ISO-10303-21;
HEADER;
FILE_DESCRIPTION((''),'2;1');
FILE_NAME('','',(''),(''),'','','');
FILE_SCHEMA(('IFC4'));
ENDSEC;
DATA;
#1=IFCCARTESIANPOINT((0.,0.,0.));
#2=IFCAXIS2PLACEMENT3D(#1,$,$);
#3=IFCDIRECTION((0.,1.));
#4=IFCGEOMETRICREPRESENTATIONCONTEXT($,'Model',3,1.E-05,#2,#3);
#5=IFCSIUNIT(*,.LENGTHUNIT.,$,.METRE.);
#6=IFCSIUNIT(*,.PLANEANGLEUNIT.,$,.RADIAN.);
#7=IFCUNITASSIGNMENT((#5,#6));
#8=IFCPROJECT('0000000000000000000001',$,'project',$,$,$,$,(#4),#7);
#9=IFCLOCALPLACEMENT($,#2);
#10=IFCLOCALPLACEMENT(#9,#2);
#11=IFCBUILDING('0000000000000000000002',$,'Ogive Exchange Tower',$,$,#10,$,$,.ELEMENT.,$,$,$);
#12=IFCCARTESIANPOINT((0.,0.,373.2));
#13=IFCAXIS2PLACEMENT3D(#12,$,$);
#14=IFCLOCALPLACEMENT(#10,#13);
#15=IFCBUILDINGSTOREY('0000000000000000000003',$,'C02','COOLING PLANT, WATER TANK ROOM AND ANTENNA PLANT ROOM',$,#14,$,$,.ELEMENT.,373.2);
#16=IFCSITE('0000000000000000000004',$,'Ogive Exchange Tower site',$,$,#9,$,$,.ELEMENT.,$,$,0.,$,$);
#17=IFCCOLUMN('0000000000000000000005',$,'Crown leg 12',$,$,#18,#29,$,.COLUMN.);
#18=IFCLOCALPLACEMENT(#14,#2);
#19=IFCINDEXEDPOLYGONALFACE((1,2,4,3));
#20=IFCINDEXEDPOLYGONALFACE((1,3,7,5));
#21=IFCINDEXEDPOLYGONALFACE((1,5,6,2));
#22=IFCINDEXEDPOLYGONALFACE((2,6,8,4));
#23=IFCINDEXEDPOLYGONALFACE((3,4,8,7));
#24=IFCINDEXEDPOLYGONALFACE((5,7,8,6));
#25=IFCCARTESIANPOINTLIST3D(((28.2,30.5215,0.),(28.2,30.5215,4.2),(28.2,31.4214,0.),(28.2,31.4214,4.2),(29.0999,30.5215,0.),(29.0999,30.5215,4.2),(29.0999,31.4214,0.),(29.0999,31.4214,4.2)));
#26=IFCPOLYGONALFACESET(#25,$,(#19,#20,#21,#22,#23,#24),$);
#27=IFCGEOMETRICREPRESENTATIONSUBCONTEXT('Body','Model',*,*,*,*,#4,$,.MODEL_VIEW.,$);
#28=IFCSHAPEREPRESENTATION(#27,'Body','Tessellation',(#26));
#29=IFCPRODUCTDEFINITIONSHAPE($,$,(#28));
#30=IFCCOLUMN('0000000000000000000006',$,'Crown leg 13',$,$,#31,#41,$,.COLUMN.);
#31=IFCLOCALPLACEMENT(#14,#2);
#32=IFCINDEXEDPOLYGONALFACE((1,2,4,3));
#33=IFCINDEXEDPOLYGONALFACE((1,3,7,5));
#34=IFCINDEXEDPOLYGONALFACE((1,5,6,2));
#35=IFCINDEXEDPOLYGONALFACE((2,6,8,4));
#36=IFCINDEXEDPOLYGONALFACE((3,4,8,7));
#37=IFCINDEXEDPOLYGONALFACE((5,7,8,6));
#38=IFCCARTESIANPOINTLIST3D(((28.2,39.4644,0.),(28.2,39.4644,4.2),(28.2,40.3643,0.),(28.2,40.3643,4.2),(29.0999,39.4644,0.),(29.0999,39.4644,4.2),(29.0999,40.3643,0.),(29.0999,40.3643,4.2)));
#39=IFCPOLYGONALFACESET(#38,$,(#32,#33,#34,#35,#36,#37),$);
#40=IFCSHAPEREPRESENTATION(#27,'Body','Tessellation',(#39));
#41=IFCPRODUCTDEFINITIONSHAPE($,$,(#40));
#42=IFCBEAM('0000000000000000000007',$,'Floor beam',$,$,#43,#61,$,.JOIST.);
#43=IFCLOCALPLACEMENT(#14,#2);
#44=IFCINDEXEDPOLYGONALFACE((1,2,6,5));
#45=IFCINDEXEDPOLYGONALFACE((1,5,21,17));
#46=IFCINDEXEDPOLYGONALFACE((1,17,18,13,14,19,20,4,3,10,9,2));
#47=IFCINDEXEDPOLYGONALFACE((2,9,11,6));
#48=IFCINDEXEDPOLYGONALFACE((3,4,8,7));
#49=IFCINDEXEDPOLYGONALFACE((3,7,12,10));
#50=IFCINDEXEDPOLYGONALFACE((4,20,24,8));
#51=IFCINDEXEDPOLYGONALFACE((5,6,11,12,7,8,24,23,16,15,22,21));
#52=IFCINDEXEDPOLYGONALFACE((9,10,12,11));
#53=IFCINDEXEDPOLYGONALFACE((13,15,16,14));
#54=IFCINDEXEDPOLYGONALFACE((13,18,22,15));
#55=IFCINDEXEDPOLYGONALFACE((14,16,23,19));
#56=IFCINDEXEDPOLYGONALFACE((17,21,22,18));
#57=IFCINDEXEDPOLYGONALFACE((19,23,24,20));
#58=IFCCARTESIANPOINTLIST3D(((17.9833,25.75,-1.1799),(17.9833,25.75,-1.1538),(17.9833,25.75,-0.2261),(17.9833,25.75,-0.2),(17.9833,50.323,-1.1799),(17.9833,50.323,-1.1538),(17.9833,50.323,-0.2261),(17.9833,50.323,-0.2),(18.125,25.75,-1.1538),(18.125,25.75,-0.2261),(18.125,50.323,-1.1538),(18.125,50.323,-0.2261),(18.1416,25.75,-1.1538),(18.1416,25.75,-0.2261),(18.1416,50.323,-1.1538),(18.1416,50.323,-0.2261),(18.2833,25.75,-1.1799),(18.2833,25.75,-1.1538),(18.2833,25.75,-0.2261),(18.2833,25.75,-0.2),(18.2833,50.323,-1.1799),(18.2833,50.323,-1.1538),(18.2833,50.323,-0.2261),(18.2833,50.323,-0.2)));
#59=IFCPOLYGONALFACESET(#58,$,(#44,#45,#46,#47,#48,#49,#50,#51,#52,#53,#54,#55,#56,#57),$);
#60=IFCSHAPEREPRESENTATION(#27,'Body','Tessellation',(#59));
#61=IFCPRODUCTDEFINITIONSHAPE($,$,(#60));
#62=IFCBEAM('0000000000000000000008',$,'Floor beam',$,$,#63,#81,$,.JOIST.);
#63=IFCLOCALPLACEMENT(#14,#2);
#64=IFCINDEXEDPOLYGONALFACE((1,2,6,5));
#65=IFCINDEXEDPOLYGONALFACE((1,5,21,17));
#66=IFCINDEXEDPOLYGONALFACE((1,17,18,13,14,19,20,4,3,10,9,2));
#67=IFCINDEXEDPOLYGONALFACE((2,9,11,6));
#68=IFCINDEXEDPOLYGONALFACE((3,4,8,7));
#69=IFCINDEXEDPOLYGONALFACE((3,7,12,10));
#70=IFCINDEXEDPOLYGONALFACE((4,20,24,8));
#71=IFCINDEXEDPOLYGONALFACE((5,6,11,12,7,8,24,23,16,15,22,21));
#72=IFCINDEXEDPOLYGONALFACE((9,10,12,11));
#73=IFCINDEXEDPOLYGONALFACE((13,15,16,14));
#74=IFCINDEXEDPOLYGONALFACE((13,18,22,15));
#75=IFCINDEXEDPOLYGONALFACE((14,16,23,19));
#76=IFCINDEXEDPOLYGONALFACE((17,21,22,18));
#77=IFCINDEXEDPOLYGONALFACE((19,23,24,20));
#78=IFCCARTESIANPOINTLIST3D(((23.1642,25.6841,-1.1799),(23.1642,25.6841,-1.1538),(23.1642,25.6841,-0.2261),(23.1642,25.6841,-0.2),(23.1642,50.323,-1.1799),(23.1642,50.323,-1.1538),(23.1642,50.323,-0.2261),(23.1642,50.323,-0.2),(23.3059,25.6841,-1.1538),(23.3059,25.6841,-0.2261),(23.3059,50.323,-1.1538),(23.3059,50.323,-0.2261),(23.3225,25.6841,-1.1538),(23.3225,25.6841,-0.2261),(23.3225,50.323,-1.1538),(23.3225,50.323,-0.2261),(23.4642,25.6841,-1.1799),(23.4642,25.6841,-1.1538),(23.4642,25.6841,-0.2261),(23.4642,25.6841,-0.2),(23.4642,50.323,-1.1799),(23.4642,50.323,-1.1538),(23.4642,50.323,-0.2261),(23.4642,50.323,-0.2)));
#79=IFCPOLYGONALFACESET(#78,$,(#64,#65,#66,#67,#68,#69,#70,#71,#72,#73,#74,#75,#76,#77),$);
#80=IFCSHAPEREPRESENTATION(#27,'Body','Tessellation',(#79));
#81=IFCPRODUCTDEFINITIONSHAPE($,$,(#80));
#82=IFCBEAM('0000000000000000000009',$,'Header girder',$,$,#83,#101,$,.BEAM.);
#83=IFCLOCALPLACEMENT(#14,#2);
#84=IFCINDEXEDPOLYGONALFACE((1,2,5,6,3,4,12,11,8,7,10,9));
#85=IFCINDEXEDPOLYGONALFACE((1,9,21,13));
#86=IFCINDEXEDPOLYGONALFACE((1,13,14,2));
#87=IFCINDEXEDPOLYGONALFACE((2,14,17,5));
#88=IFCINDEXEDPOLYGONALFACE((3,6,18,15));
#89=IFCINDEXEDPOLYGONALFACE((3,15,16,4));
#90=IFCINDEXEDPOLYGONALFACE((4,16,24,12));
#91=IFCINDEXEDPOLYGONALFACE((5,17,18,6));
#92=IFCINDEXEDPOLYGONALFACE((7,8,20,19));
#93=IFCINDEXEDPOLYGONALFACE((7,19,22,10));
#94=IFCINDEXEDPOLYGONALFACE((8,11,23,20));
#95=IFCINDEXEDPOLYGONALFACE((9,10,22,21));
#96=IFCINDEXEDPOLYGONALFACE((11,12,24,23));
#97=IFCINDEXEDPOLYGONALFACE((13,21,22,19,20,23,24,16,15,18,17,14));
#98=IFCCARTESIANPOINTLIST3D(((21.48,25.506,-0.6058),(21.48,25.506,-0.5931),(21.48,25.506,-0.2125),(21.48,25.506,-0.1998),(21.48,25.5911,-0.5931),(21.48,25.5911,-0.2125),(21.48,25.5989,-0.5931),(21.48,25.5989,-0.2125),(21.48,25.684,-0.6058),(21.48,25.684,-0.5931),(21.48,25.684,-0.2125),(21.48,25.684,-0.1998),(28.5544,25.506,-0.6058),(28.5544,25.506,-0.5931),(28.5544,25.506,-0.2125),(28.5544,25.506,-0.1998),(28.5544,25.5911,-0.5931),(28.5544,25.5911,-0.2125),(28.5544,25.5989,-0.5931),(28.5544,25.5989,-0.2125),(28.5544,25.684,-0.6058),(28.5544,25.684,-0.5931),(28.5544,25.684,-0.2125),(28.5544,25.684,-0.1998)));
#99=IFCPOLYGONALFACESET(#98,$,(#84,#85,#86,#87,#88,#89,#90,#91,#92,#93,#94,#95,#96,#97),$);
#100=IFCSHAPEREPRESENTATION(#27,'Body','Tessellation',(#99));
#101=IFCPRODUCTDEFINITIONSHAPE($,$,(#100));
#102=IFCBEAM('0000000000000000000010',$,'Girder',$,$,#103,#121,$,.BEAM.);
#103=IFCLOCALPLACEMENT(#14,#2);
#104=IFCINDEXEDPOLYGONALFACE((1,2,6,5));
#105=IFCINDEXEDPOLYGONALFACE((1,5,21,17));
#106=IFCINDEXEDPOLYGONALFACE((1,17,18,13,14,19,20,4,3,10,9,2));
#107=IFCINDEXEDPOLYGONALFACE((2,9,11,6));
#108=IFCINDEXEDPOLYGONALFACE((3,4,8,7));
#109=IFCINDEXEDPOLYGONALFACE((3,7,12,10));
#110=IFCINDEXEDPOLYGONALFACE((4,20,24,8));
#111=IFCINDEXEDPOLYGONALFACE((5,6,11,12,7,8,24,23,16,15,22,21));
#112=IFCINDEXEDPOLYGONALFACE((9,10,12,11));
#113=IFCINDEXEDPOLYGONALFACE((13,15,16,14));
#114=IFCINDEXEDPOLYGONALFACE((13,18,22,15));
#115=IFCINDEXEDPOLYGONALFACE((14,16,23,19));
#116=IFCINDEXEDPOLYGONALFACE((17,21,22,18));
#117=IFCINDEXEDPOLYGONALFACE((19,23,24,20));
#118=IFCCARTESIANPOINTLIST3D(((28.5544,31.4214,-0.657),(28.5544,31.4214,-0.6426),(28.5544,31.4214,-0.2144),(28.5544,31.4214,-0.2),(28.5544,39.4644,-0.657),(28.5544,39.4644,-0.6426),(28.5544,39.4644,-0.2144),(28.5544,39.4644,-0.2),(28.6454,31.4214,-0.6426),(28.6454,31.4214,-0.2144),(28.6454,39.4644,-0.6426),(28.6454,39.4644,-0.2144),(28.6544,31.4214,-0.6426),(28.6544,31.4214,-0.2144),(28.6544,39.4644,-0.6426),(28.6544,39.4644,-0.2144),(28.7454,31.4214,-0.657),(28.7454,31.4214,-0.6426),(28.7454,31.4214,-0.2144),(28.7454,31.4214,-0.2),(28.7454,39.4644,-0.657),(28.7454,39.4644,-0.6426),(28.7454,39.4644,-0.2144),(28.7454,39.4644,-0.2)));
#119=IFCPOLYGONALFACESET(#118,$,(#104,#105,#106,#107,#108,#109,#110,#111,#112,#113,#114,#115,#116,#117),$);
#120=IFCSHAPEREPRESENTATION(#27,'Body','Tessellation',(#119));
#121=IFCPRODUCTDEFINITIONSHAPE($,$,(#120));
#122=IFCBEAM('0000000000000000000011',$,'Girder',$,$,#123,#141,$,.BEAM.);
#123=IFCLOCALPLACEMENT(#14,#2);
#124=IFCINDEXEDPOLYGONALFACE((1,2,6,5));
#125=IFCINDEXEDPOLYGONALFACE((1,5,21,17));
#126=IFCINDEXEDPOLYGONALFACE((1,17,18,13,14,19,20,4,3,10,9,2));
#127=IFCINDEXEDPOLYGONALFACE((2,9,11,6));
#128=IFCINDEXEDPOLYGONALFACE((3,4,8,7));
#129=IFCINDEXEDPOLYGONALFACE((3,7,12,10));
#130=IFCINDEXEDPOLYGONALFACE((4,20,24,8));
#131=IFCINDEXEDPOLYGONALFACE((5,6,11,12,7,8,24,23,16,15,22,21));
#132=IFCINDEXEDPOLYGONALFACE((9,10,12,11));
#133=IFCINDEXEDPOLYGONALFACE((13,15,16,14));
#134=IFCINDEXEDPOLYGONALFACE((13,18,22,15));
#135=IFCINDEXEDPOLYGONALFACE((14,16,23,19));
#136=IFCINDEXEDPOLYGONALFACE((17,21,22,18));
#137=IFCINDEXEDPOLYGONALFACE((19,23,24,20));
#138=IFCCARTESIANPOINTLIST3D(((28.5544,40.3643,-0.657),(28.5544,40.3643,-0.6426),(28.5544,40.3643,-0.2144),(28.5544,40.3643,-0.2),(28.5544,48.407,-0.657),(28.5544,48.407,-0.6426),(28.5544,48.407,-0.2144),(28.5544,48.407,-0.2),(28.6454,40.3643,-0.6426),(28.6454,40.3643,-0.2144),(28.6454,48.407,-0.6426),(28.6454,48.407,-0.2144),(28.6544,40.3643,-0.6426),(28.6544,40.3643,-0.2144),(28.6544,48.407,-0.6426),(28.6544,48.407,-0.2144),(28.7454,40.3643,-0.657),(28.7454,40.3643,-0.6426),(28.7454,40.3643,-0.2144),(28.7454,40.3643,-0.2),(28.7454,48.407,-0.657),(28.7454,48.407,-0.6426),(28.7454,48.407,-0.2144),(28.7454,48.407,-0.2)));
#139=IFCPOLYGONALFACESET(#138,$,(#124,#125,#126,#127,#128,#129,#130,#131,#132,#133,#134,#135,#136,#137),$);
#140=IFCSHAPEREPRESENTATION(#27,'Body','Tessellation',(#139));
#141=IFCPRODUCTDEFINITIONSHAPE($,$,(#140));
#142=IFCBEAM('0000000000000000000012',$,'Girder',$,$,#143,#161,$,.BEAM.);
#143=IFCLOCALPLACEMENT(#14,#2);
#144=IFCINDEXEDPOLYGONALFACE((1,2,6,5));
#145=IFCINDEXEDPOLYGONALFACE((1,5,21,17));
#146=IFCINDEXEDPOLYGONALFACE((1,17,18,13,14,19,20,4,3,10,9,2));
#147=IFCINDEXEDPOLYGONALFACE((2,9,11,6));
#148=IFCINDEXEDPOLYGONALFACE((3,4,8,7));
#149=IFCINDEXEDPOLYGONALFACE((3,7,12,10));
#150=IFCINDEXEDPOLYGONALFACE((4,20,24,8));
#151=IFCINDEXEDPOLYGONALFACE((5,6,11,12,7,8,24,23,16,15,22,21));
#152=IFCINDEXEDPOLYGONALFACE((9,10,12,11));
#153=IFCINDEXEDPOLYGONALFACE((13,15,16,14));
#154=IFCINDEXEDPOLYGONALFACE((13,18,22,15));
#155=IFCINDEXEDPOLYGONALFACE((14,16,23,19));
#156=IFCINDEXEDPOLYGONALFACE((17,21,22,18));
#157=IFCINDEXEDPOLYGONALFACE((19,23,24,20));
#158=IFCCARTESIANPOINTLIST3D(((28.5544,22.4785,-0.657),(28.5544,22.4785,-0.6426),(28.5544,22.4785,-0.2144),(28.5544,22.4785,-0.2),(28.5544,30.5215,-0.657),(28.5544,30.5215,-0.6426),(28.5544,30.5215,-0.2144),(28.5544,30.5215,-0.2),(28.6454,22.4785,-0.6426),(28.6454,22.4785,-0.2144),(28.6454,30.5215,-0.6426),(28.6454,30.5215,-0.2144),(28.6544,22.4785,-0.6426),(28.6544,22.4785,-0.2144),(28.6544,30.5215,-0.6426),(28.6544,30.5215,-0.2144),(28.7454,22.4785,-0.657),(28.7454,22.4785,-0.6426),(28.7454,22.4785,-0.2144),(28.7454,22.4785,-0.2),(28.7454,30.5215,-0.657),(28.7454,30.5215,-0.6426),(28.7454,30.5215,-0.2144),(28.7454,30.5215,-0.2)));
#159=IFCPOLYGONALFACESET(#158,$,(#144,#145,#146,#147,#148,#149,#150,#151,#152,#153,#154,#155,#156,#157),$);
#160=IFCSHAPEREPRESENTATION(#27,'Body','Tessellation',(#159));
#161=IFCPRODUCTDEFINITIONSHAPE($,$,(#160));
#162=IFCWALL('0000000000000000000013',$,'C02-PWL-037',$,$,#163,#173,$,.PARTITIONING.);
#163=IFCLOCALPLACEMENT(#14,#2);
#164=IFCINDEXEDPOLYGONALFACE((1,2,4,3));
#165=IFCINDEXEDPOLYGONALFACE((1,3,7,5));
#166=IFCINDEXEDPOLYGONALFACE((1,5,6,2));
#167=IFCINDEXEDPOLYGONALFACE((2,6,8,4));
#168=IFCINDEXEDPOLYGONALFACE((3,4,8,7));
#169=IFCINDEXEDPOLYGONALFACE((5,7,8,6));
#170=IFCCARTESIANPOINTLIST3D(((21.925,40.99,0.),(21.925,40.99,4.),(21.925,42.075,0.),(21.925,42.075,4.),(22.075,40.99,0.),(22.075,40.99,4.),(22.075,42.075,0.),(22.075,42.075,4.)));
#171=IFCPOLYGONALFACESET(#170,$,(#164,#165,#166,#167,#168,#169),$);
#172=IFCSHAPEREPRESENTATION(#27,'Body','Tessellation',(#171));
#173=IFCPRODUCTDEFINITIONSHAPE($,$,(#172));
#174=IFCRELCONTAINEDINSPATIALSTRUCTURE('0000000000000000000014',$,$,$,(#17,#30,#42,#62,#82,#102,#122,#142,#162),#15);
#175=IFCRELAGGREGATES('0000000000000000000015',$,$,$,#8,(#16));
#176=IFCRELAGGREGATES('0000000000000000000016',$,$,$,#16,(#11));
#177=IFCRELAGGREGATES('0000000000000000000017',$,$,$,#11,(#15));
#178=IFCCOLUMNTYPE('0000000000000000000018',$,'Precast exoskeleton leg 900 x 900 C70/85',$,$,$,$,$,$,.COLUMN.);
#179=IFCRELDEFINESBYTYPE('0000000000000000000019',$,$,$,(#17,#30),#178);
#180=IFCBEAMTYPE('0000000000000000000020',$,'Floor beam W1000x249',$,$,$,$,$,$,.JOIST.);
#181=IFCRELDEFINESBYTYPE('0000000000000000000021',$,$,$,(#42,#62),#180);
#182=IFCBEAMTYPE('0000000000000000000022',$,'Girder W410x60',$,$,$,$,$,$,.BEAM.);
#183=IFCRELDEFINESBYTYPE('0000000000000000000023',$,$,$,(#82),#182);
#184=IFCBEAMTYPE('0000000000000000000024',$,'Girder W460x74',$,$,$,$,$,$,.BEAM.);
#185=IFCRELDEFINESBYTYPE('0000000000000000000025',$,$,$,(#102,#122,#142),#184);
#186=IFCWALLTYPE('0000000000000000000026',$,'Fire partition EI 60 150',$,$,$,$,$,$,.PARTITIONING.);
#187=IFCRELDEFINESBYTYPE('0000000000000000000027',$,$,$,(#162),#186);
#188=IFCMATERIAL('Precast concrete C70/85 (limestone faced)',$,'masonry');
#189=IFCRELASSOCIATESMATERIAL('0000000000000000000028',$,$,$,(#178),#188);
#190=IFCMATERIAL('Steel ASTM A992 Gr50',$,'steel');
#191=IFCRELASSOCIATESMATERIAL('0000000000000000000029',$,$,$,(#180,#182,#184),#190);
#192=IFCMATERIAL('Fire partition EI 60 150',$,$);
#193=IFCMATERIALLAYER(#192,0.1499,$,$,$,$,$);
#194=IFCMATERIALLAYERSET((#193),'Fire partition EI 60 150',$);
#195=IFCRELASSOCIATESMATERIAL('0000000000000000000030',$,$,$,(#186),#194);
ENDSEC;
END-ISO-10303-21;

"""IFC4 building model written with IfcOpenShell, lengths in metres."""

from ifc_helpers import new_model, si_unit, direction, frame, frame_2d, origin, origin_2d, place, context, subcontext, project, spatial, rectangle, i_section, extrude, material, layer, layer_set, material_profile, profile_set, type_object, element, save


model = new_model("IFC4")

# Units and contexts
model_context = context("Model", 3, precision=1e-05, world=origin(), true_north=direction((0.0, 1.0)))
body_context = subcontext(model_context, "Body", "Model", "MODEL_VIEW")
ifc_project = project(units=[si_unit("LENGTHUNIT", "METRE"), si_unit("PLANEANGLEUNIT", "RADIAN")], contexts=[model_context])

# Site, building, storey
site_placement = place(None, origin())
site = spatial("IfcSite", under=ifc_project, at=site_placement, Name="Ogive Exchange Tower site", CompositionType="ELEMENT", RefElevation=0.0)
building_placement = place(site_placement, origin())
building = spatial("IfcBuilding", under=site, at=building_placement, Name="Ogive Exchange Tower", CompositionType="ELEMENT")
storey_placement = place(building_placement, frame((0.0, 0.0, 373.2)))
storey = spatial("IfcBuildingStorey", under=building, at=storey_placement, Name="C02", Description="COOLING PLANT, WATER TANK ROOM AND ANTENNA PLANT ROOM", CompositionType="ELEMENT", Elevation=373.2)

# Columns
ifc_material_1 = material(Name="Precast concrete C70/85 (limestone faced)", Category="masonry")
ifc_material_profile_1 = material_profile(ifc_material_1, rectangle(XDim=0.8999, YDim=0.8999, at=origin_2d()), Name="900 x 900")
ifc_profile_set_1 = profile_set([ifc_material_profile_1], Name="Precast concrete C70/85 (limestone faced)")
column_type = type_object("IfcColumnType", Name="Precast exoskeleton leg 900 x 900 C70/85", PredefinedType="COLUMN", material=ifc_profile_set_1)
for number, where, z_axis, x_axis, name in (
    (1, (28.6499, 30.9714, 0.0), (0.0, 0.0, 1.0), (1.0, 0.0, 0.0), "Crown leg 12"),
    (2, (28.6499, 39.9143, 0.0), (0.0, 0.0, 1.0), (1.0, 0.0, 0.0), "Crown leg 13"),
):
    element("IfcColumn", number, at=place(storey_placement, frame(where, z_axis=z_axis, x_axis=x_axis)), inside=storey, type_object=column_type, Name=name, PredefinedType="COLUMN", context=body_context, shape_type="SweptSolid", body=[
        extrude(rectangle(XDim=0.8999, YDim=0.8999, at=origin_2d()), origin(), (0.0, 0.0, 1.0), 4.2),
    ])

# Beams
ifc_material_2 = material(Name="Steel ASTM A992 Gr50", Category="steel")
ifc_material_profile_2 = material_profile(ifc_material_2, i_section(OverallWidth=0.3, OverallDepth=0.98, WebThickness=0.0166, FlangeThickness=0.0261, at=origin_2d()), Name="W1000x249")
ifc_profile_set_2 = profile_set([ifc_material_profile_2], Name="Steel ASTM A992 Gr50")
beam_type_1 = type_object("IfcBeamType", Name="Floor beam W1000x249", PredefinedType="JOIST", material=ifc_profile_set_2)
beam_1_placement = place(storey_placement, frame((18.1333, 25.75, -0.6899), z_axis=(0.0, 1.0, 0.0), x_axis=(-1.0, 0.0, 0.0)))
element("IfcBeam", 3, at=beam_1_placement, inside=storey, type_object=beam_type_1, Name="Floor beam", PredefinedType="JOIST", context=body_context, shape_type="SweptSolid", body=[
    extrude(i_section(OverallWidth=0.3, OverallDepth=0.98, WebThickness=0.0166, FlangeThickness=0.0261, at=origin_2d()), origin(), (0.0, 0.0, 1.0), 24.573),
])
beam_2_placement = place(storey_placement, frame((23.3142, 25.6841, -0.6899), z_axis=(0.0, 1.0, 0.0), x_axis=(-1.0, 0.0, 0.0)))
element("IfcBeam", 4, at=beam_2_placement, inside=storey, type_object=beam_type_1, Name="Floor beam", PredefinedType="JOIST", context=body_context, shape_type="SweptSolid", body=[
    extrude(i_section(OverallWidth=0.3, OverallDepth=0.98, WebThickness=0.0166, FlangeThickness=0.0261, at=origin_2d()), origin(), (0.0, 0.0, 1.0), 24.6389),
])
ifc_material_profile_3 = material_profile(ifc_material_2, i_section(OverallWidth=0.178, OverallDepth=0.406, WebThickness=0.0078, FlangeThickness=0.0127, at=origin_2d()), Name="W410x60")
ifc_profile_set_3 = profile_set([ifc_material_profile_3], Name="Steel ASTM A992 Gr50")
beam_type_2 = type_object("IfcBeamType", Name="Girder W410x60", PredefinedType="BEAM", material=ifc_profile_set_3)
beam_3_placement = place(storey_placement, frame((21.48, 25.595, -0.4028), z_axis=(1.0, 0.0, 0.0), x_axis=(0.0, 1.0, 0.0)))
element("IfcBeam", 5, at=beam_3_placement, inside=storey, type_object=beam_type_2, Name="Header girder", PredefinedType="BEAM", context=body_context, shape_type="SweptSolid", body=[
    extrude(i_section(OverallWidth=0.178, OverallDepth=0.406, WebThickness=0.0078, FlangeThickness=0.0127, at=origin_2d()), origin(), (0.0, 0.0, 1.0), 7.0745),
])
ifc_material_profile_4 = material_profile(ifc_material_2, i_section(OverallWidth=0.1909, OverallDepth=0.457, WebThickness=0.009, FlangeThickness=0.0144, at=origin_2d()), Name="W460x74")
ifc_profile_set_4 = profile_set([ifc_material_profile_4], Name="Steel ASTM A992 Gr50")
beam_type_3 = type_object("IfcBeamType", Name="Girder W460x74", PredefinedType="BEAM", material=ifc_profile_set_4)
beam_4_placement = place(storey_placement, frame((28.6499, 31.4214, -0.4285), z_axis=(0.0, 1.0, 0.0), x_axis=(-1.0, 0.0, 0.0)))
element("IfcBeam", 6, at=beam_4_placement, inside=storey, type_object=beam_type_3, Name="Girder", PredefinedType="BEAM", context=body_context, shape_type="SweptSolid", body=[
    extrude(i_section(OverallWidth=0.1909, OverallDepth=0.457, WebThickness=0.009, FlangeThickness=0.0144, at=origin_2d()), origin(), (0.0, 0.0, 1.0), 8.043),
])
beam_5_placement = place(storey_placement, frame((28.6499, 40.3643, -0.4285), z_axis=(0.0, 1.0, 0.0), x_axis=(-1.0, 0.0, 0.0)))
element("IfcBeam", 7, at=beam_5_placement, inside=storey, type_object=beam_type_3, Name="Girder", PredefinedType="BEAM", context=body_context, shape_type="SweptSolid", body=[
    extrude(i_section(OverallWidth=0.1909, OverallDepth=0.457, WebThickness=0.009, FlangeThickness=0.0144, at=origin_2d()), origin(), (0.0, 0.0, 1.0), 8.0427),
])
beam_6_placement = place(storey_placement, frame((28.6499, 22.4785, -0.4285), z_axis=(0.0, 1.0, 0.0), x_axis=(-1.0, 0.0, 0.0)))
element("IfcBeam", 8, at=beam_6_placement, inside=storey, type_object=beam_type_3, Name="Girder", PredefinedType="BEAM", context=body_context, shape_type="SweptSolid", body=[
    extrude(i_section(OverallWidth=0.1909, OverallDepth=0.457, WebThickness=0.009, FlangeThickness=0.0144, at=origin_2d()), origin(), (0.0, 0.0, 1.0), 8.043),
])

# Wall
ifc_material_3 = material(Name="Fire partition EI 60 150")
ifc_layer_1 = layer(ifc_material_3, 0.1499)
ifc_layer_set_1 = layer_set([ifc_layer_1], Name="Fire partition EI 60 150")
wall_type_1 = type_object("IfcWallType", Name="Fire partition EI 60 150", PredefinedType="PARTITIONING", material=ifc_layer_set_1)
wall_1_placement = place(storey_placement, frame((22.0, 40.99, 0.0), z_axis=(0.0, 0.0, 1.0), x_axis=(0.0, 1.0, 0.0)))
element("IfcWall", 9, at=wall_1_placement, inside=storey, type_object=wall_type_1, Name="C02-PWL-037", PredefinedType="PARTITIONING", context=body_context, shape_type="SweptSolid", body=[
    extrude(rectangle(XDim=1.085, YDim=0.1499, at=frame_2d((0.5425, 0.0))), origin(), (0.0, 0.0, 1.0), 4.0),
])

save(model, "model.ifc")
